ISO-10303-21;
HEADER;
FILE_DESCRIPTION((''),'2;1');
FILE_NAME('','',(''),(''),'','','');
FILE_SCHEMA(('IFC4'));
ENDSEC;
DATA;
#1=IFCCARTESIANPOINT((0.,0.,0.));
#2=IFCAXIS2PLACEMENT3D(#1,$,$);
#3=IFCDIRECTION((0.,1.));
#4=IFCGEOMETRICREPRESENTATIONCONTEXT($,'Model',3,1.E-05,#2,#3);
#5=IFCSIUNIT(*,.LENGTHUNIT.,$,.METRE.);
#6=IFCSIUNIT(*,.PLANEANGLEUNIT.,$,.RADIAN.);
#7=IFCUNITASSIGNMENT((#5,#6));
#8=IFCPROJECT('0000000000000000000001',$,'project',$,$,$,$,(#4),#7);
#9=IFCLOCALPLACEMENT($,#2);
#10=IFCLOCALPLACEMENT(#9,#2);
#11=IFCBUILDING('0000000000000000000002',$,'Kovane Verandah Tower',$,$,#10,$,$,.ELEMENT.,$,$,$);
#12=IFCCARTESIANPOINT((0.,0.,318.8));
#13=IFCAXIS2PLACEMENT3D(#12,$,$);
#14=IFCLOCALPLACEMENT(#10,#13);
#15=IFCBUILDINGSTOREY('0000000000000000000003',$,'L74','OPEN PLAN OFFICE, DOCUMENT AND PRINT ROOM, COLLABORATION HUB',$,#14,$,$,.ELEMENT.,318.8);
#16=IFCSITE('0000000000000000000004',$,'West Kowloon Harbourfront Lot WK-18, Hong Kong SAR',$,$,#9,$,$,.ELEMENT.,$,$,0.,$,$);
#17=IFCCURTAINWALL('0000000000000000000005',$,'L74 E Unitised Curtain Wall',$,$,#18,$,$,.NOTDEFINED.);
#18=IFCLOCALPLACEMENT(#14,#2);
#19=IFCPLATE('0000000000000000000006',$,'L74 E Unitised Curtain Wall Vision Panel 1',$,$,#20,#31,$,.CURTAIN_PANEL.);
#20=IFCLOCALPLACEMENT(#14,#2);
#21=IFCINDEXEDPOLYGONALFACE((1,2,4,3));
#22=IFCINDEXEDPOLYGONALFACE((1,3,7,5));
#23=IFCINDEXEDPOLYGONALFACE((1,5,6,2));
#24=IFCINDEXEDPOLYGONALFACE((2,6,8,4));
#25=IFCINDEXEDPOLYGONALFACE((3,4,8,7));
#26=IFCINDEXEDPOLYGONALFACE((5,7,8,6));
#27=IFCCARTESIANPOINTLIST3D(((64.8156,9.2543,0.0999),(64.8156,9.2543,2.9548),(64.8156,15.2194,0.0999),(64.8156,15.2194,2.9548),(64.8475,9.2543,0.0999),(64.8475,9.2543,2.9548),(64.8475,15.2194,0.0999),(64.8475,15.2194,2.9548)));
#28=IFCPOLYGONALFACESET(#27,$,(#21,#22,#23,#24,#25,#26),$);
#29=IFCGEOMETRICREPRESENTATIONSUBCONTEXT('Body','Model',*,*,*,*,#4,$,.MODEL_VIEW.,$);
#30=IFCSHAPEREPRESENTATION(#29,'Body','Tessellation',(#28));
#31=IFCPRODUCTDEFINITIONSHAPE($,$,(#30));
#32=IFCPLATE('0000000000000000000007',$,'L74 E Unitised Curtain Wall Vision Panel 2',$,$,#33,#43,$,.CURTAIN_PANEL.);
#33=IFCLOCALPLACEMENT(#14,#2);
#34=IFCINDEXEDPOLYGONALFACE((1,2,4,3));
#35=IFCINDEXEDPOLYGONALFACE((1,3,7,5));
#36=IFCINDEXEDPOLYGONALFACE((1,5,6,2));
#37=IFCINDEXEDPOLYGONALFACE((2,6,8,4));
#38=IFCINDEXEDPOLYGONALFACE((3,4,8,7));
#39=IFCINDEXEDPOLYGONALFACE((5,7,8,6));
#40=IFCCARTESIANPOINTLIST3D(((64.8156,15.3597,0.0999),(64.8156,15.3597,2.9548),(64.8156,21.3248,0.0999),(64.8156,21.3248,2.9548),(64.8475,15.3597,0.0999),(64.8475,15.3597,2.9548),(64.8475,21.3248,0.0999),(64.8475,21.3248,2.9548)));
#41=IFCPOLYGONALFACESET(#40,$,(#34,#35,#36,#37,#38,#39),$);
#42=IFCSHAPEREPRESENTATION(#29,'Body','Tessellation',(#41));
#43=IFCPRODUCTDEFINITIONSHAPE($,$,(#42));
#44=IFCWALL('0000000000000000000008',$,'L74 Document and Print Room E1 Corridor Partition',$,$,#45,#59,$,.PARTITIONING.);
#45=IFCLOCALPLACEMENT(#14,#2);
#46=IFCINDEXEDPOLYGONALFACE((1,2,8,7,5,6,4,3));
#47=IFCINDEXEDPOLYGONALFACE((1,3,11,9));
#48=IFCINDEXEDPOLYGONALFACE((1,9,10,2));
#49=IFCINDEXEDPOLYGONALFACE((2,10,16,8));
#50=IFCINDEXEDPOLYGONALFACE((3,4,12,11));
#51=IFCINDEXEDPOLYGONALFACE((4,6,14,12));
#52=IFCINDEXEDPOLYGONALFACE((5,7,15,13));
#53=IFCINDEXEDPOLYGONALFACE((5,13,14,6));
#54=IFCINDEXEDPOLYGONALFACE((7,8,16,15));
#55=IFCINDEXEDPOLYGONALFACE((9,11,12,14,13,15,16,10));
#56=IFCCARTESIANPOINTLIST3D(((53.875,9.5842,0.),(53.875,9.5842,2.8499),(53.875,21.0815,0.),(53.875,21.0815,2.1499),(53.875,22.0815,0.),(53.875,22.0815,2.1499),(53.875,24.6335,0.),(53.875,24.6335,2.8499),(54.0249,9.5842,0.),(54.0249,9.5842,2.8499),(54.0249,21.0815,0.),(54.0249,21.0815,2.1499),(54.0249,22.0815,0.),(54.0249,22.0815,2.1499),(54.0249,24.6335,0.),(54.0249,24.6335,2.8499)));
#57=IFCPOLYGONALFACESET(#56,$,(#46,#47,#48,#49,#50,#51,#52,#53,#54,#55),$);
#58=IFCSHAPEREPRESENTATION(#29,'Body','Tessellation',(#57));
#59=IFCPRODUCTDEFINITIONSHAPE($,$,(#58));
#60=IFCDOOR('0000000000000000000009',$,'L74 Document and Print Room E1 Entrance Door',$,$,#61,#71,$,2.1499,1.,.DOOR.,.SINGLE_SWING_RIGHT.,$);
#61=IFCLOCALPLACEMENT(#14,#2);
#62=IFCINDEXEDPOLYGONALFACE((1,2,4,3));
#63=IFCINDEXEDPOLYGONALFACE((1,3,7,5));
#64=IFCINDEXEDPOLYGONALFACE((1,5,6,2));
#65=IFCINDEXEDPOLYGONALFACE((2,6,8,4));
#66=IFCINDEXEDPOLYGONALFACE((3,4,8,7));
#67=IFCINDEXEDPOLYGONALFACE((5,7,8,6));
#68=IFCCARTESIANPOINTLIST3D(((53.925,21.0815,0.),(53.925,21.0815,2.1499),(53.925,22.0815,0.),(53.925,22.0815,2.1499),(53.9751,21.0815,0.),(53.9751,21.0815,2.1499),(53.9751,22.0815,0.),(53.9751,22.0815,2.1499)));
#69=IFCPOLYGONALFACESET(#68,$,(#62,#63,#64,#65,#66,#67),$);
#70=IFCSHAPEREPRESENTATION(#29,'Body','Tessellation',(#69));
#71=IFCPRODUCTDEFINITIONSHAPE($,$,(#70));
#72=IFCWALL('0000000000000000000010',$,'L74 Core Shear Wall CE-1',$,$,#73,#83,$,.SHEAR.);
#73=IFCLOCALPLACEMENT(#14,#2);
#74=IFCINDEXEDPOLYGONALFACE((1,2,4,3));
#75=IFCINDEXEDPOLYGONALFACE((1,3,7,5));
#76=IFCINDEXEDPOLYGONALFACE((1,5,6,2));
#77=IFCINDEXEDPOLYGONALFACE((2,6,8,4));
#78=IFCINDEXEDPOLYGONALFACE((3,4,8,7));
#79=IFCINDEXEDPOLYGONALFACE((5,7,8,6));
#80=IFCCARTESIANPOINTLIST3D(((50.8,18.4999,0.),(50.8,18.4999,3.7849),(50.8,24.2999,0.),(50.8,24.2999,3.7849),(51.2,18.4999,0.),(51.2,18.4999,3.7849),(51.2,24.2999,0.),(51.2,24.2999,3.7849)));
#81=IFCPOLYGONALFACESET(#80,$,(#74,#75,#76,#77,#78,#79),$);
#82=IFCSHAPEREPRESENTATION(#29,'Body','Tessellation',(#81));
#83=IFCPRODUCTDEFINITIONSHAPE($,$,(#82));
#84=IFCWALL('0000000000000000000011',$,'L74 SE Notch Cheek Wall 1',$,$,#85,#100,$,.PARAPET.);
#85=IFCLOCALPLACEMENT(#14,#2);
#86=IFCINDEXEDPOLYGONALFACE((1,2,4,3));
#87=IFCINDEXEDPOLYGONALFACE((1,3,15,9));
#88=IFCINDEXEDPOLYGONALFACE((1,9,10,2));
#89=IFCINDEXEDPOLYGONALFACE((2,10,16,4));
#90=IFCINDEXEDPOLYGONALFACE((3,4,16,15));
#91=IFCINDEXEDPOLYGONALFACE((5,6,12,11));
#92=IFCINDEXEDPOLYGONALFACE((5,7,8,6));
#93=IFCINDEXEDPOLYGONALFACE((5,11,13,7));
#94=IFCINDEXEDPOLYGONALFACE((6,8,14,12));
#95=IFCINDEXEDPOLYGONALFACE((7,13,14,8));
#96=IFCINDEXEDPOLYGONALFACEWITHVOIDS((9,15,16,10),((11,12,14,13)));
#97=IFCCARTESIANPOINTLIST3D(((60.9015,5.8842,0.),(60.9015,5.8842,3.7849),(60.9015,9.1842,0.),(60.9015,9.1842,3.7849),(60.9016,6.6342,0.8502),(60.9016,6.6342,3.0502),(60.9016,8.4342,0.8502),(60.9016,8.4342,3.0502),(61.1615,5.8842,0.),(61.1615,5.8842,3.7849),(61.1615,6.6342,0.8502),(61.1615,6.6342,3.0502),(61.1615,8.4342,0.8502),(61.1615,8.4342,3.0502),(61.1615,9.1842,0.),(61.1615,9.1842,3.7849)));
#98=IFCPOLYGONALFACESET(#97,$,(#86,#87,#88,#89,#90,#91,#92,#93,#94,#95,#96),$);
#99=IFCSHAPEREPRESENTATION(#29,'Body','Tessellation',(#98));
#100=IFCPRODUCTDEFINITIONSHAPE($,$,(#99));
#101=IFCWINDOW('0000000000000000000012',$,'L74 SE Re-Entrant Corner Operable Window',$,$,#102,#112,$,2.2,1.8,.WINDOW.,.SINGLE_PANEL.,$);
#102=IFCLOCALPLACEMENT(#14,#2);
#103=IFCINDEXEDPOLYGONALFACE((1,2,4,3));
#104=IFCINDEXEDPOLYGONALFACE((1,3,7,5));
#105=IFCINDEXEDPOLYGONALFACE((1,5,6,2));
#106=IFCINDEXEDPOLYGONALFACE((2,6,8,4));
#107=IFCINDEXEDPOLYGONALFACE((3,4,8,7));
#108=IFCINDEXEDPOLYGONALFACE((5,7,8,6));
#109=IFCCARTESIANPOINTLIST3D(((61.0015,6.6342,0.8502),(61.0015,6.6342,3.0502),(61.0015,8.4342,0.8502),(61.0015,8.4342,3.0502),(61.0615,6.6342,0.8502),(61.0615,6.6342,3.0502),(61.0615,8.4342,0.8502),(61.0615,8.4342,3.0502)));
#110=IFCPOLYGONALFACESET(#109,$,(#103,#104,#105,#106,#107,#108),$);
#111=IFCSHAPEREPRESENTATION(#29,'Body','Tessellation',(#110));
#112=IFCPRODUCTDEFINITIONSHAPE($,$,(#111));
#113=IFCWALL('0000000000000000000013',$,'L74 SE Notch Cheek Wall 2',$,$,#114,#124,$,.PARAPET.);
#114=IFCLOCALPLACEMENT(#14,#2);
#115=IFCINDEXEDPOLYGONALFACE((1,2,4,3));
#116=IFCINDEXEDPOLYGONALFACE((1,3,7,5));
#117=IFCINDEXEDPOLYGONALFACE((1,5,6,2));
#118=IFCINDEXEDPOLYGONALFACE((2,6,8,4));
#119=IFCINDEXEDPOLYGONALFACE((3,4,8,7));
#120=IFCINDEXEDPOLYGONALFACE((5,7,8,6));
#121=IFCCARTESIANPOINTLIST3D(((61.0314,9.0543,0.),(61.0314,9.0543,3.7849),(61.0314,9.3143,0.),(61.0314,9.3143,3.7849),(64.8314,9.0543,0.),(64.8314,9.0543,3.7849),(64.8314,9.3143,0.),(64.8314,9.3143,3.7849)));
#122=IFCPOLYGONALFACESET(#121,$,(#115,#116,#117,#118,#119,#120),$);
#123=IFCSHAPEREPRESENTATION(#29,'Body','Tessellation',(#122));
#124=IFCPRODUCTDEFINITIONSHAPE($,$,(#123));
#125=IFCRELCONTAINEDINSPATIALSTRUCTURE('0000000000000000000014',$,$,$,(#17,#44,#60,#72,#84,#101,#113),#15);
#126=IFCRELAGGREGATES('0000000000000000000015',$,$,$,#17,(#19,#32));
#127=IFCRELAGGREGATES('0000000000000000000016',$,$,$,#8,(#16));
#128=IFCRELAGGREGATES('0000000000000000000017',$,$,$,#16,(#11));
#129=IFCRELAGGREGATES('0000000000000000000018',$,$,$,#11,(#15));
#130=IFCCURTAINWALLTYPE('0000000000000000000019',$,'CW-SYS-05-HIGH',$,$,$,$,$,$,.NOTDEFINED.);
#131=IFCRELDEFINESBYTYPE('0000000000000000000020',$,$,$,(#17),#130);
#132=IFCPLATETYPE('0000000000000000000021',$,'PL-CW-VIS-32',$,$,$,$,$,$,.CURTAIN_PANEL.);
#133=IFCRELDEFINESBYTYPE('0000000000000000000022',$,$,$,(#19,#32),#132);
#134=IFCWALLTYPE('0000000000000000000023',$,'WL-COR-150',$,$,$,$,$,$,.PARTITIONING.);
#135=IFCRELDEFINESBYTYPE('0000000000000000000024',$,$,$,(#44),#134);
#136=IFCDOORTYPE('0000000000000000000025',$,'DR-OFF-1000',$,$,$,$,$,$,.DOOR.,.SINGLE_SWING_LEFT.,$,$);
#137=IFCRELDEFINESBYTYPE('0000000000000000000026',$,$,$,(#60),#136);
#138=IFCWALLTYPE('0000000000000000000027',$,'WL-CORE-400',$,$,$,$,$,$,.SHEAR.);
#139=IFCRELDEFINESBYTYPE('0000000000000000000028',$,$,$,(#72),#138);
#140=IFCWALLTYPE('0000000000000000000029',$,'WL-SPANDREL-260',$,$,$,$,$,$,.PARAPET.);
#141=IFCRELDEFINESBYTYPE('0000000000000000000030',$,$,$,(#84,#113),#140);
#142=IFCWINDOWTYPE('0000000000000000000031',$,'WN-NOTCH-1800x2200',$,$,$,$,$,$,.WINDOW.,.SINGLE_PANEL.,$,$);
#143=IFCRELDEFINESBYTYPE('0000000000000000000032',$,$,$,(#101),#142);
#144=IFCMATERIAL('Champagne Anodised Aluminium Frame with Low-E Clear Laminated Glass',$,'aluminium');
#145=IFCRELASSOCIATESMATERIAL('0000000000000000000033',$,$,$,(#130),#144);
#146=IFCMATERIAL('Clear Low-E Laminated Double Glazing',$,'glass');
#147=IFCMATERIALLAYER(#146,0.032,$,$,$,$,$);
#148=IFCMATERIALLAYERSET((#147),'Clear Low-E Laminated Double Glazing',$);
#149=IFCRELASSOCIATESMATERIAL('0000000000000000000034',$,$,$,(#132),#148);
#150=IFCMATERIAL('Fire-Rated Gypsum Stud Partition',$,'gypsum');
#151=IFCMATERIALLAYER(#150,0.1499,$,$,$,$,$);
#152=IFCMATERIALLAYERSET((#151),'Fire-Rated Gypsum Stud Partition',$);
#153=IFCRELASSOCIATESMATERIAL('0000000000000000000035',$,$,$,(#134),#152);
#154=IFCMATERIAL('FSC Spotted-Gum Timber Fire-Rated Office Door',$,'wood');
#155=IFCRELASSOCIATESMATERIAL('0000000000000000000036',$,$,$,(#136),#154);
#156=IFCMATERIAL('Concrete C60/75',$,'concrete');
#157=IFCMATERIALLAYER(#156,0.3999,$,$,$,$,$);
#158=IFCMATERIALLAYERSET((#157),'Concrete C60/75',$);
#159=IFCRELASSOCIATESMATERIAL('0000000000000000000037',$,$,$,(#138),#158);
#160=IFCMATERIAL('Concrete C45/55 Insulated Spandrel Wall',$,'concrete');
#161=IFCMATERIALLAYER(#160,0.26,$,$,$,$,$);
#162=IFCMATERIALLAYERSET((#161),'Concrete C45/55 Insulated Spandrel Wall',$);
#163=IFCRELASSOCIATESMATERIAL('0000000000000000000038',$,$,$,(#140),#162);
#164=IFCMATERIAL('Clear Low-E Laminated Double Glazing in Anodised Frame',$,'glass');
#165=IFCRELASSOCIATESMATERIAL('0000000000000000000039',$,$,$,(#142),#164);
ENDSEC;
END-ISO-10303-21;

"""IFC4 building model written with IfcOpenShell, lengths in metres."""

from ifc_helpers import new_model, si_unit, direction, frame, frame_2d, origin, origin_2d, place, context, subcontext, project, spatial, rectangle, extrude, material, layer, layer_set, type_object, element, fill, aggregate, save


model = new_model("IFC4")

# Units and contexts
model_context = context("Model", 3, precision=1e-05, world=origin(), true_north=direction((0.0, 1.0)))
body_context = subcontext(model_context, "Body", "Model", "MODEL_VIEW")
ifc_project = project(units=[si_unit("LENGTHUNIT", "METRE"), si_unit("PLANEANGLEUNIT", "RADIAN")], contexts=[model_context])

# Site, building, storey
site_placement = place(None, origin())
site = spatial("IfcSite", under=ifc_project, at=site_placement, Name="West Kowloon Harbourfront Lot WK-18, Hong Kong SAR", CompositionType="ELEMENT", RefElevation=0.0)
building_placement = place(site_placement, origin())
building = spatial("IfcBuilding", under=site, at=building_placement, Name="Kovane Verandah Tower", CompositionType="ELEMENT")
storey_placement = place(building_placement, frame((0.0, 0.0, 318.8)))
storey = spatial("IfcBuildingStorey", under=building, at=storey_placement, Name="L74", Description="OPEN PLAN OFFICE, DOCUMENT AND PRINT ROOM, COLLABORATION HUB", CompositionType="ELEMENT", Elevation=318.8)

# Shared definitions
ifc_material_1 = material(Name="Concrete C60/75", Category="concrete")

# Curtain wall
ifc_material_2 = material(Name="Champagne Anodised Aluminium Frame with Low-E Clear Laminated Glass", Category="aluminium")
curtain_wall_type = type_object("IfcCurtainWallType", Name="CW-SYS-05-HIGH", PredefinedType="NOTDEFINED", material=ifc_material_2)
curtain_wall_placement = place(storey_placement, origin())
curtain_wall = element("IfcCurtainWall", 1, at=curtain_wall_placement, inside=storey, type_object=curtain_wall_type, Name="L74 E Unitised Curtain Wall", PredefinedType="NOTDEFINED")

# Plates
ifc_material_3 = material(Name="Clear Low-E Laminated Double Glazing", Category="glass")
ifc_layer_1 = layer(ifc_material_3, 0.032)
ifc_layer_set_1 = layer_set([ifc_layer_1], Name="Clear Low-E Laminated Double Glazing")
plate_type_1 = type_object("IfcPlateType", Name="PL-CW-VIS-32", PredefinedType="CURTAIN_PANEL", material=ifc_layer_set_1)
plate_1_placement = place(storey_placement, frame((64.8315, 12.2368, 0.0999), z_axis=(0.0, 0.0, 1.0), x_axis=(0.0, 1.0, 0.0)))
plate_1 = element("IfcPlate", 2, at=plate_1_placement, type_object=plate_type_1, Name="L74 E Unitised Curtain Wall Vision Panel 1", PredefinedType="CURTAIN_PANEL", context=body_context, shape_type="SweptSolid", body=[
    extrude(rectangle(XDim=5.9651, YDim=0.032, at=origin_2d()), origin(), (0.0, 0.0, 1.0), 2.855),
])
plate_2_placement = place(storey_placement, frame((64.8315, 18.3423, 0.0999), z_axis=(0.0, 0.0, 1.0), x_axis=(0.0, 1.0, 0.0)))
plate_2 = element("IfcPlate", 3, at=plate_2_placement, type_object=plate_type_1, Name="L74 E Unitised Curtain Wall Vision Panel 2", PredefinedType="CURTAIN_PANEL", context=body_context, shape_type="SweptSolid", body=[
    extrude(rectangle(XDim=5.9651, YDim=0.032, at=origin_2d()), origin(), (0.0, 0.0, 1.0), 2.855),
])
aggregate(curtain_wall, [plate_1, plate_2])

# Wall, opening, door
ifc_material_4 = material(Name="Fire-Rated Gypsum Stud Partition", Category="gypsum")
ifc_layer_2 = layer(ifc_material_4, 0.1499)
ifc_layer_set_2 = layer_set([ifc_layer_2], Name="Fire-Rated Gypsum Stud Partition")
wall_type_1 = type_object("IfcWallType", Name="WL-COR-150", PredefinedType="PARTITIONING", material=ifc_layer_set_2)
wall_1_placement = place(storey_placement, frame((53.95, 9.5842, 0.0), z_axis=(0.0, 0.0, 1.0), x_axis=(0.0, 1.0, 0.0)))
wall_1 = element("IfcWall", 4, at=wall_1_placement, inside=storey, type_object=wall_type_1, Name="L74 Document and Print Room E1 Corridor Partition", PredefinedType="PARTITIONING", context=body_context, shape_type="SweptSolid", body=[
    extrude(rectangle(XDim=15.0493, YDim=0.1499, at=frame_2d((7.5247, 0.0))), origin(), (0.0, 0.0, 1.0), 2.8499),
])
opening_1_placement = place(wall_1_placement, frame((11.4973, 0.0, 0.0)))
opening_1 = element("IfcOpeningElement", 5, at=opening_1_placement, cuts=wall_1, PredefinedType="OPENING", context=body_context, shape_type="SweptSolid", body=[
    extrude(rectangle(XDim=1.0, YDim=2.1499, at=frame_2d((0.5, 1.075))), frame((0.0, 0.075, 0.0), z_axis=(0.0, -1.0, 0.0), x_axis=(1.0, 0.0, 0.0)), (0.0, 0.0, 1.0), 0.1499),
])
ifc_material_5 = material(Name="FSC Spotted-Gum Timber Fire-Rated Office Door", Category="wood")
door_type = type_object("IfcDoorType", Name="DR-OFF-1000", OperationType="SINGLE_SWING_LEFT", PredefinedType="DOOR", material=ifc_material_5)
door_placement = place(opening_1_placement, origin())
door = element("IfcDoor", 6, at=door_placement, inside=storey, type_object=door_type, Name="L74 Document and Print Room E1 Entrance Door", OperationType="SINGLE_SWING_RIGHT", OverallHeight=2.1499, OverallWidth=1.0, PredefinedType="DOOR", context=body_context, shape_type="SweptSolid", body=[
    extrude(rectangle(XDim=1.0, YDim=2.1499, at=frame_2d((0.5, 1.075))), frame((0.0, 0.0249, 0.0), z_axis=(0.0, -1.0, 0.0), x_axis=(1.0, 0.0, 0.0)), (0.0, 0.0, 1.0), 0.05),
])
fill(opening_1, door)

# Wall
ifc_layer_3 = layer(ifc_material_1, 0.3999)
ifc_layer_set_3 = layer_set([ifc_layer_3], Name="Concrete C60/75")
wall_type_2 = type_object("IfcWallType", Name="WL-CORE-400", PredefinedType="SHEAR", material=ifc_layer_set_3)
wall_2_placement = place(storey_placement, frame((51.0, 18.5, 0.0), z_axis=(0.0, 0.0, 1.0), x_axis=(0.0, 1.0, 0.0)))
element("IfcWall", 7, at=wall_2_placement, inside=storey, type_object=wall_type_2, Name="L74 Core Shear Wall CE-1", PredefinedType="SHEAR", context=body_context, shape_type="SweptSolid", body=[
    extrude(rectangle(XDim=5.8, YDim=0.3999, at=frame_2d((2.8999, 0.0))), origin(), (0.0, 0.0, 1.0), 3.7849),
])

# Wall, opening, window
ifc_material_6 = material(Name="Concrete C45/55 Insulated Spandrel Wall", Category="concrete")
ifc_layer_4 = layer(ifc_material_6, 0.26)
ifc_layer_set_4 = layer_set([ifc_layer_4], Name="Concrete C45/55 Insulated Spandrel Wall")
wall_type_3 = type_object("IfcWallType", Name="WL-SPANDREL-260", PredefinedType="PARAPET", material=ifc_layer_set_4)
wall_3_placement = place(storey_placement, frame((61.0315, 5.8843, 0.0), z_axis=(0.0, 0.0, 1.0), x_axis=(0.0, 1.0, 0.0)))
wall_3 = element("IfcWall", 8, at=wall_3_placement, inside=storey, type_object=wall_type_3, Name="L74 SE Notch Cheek Wall 1", PredefinedType="PARAPET", context=body_context, shape_type="SweptSolid", body=[
    extrude(rectangle(XDim=3.3, YDim=0.26, at=frame_2d((1.6499, 0.0))), origin(), (0.0, 0.0, 1.0), 3.7849),
])
opening_2_placement = place(wall_3_placement, frame((0.75, 0.0, 0.8501)))
opening_2 = element("IfcOpeningElement", 9, at=opening_2_placement, cuts=wall_3, PredefinedType="OPENING", context=body_context, shape_type="SweptSolid", body=[
    extrude(rectangle(XDim=1.8, YDim=2.2, at=frame_2d((0.8999, 1.1001))), frame((0.0, 0.1299, 0.0), z_axis=(0.0, -1.0, 0.0), x_axis=(1.0, 0.0, 0.0)), (0.0, 0.0, 1.0), 0.26),
])
ifc_material_7 = material(Name="Clear Low-E Laminated Double Glazing in Anodised Frame", Category="glass")
window_type = type_object("IfcWindowType", Name="WN-NOTCH-1800x2200", PartitioningType="SINGLE_PANEL", PredefinedType="WINDOW", material=ifc_material_7)
window_placement = place(opening_2_placement, origin())
window = element("IfcWindow", 10, at=window_placement, inside=storey, type_object=window_type, Name="L74 SE Re-Entrant Corner Operable Window", OverallHeight=2.2, OverallWidth=1.8, PartitioningType="SINGLE_PANEL", PredefinedType="WINDOW", context=body_context, shape_type="SweptSolid", body=[
    extrude(rectangle(XDim=1.8, YDim=2.2, at=frame_2d((0.8999, 1.1001))), frame((0.0, 0.03, 0.0), z_axis=(0.0, -1.0, 0.0), x_axis=(1.0, 0.0, 0.0)), (0.0, 0.0, 1.0), 0.0601),
])
fill(opening_2, window)

# Wall
wall_4_placement = place(storey_placement, frame((61.0315, 9.1843, 0.0), z_axis=(0.0, 0.0, 1.0), x_axis=(1.0, 0.0, 0.0)))
element("IfcWall", 11, at=wall_4_placement, inside=storey, type_object=wall_type_3, Name="L74 SE Notch Cheek Wall 2", PredefinedType="PARAPET", context=body_context, shape_type="SweptSolid", body=[
    extrude(rectangle(XDim=3.8, YDim=0.26, at=frame_2d((1.8999, 0.0))), origin(), (0.0, 0.0, 1.0), 3.7849),
])

save(model, "model.ifc")
